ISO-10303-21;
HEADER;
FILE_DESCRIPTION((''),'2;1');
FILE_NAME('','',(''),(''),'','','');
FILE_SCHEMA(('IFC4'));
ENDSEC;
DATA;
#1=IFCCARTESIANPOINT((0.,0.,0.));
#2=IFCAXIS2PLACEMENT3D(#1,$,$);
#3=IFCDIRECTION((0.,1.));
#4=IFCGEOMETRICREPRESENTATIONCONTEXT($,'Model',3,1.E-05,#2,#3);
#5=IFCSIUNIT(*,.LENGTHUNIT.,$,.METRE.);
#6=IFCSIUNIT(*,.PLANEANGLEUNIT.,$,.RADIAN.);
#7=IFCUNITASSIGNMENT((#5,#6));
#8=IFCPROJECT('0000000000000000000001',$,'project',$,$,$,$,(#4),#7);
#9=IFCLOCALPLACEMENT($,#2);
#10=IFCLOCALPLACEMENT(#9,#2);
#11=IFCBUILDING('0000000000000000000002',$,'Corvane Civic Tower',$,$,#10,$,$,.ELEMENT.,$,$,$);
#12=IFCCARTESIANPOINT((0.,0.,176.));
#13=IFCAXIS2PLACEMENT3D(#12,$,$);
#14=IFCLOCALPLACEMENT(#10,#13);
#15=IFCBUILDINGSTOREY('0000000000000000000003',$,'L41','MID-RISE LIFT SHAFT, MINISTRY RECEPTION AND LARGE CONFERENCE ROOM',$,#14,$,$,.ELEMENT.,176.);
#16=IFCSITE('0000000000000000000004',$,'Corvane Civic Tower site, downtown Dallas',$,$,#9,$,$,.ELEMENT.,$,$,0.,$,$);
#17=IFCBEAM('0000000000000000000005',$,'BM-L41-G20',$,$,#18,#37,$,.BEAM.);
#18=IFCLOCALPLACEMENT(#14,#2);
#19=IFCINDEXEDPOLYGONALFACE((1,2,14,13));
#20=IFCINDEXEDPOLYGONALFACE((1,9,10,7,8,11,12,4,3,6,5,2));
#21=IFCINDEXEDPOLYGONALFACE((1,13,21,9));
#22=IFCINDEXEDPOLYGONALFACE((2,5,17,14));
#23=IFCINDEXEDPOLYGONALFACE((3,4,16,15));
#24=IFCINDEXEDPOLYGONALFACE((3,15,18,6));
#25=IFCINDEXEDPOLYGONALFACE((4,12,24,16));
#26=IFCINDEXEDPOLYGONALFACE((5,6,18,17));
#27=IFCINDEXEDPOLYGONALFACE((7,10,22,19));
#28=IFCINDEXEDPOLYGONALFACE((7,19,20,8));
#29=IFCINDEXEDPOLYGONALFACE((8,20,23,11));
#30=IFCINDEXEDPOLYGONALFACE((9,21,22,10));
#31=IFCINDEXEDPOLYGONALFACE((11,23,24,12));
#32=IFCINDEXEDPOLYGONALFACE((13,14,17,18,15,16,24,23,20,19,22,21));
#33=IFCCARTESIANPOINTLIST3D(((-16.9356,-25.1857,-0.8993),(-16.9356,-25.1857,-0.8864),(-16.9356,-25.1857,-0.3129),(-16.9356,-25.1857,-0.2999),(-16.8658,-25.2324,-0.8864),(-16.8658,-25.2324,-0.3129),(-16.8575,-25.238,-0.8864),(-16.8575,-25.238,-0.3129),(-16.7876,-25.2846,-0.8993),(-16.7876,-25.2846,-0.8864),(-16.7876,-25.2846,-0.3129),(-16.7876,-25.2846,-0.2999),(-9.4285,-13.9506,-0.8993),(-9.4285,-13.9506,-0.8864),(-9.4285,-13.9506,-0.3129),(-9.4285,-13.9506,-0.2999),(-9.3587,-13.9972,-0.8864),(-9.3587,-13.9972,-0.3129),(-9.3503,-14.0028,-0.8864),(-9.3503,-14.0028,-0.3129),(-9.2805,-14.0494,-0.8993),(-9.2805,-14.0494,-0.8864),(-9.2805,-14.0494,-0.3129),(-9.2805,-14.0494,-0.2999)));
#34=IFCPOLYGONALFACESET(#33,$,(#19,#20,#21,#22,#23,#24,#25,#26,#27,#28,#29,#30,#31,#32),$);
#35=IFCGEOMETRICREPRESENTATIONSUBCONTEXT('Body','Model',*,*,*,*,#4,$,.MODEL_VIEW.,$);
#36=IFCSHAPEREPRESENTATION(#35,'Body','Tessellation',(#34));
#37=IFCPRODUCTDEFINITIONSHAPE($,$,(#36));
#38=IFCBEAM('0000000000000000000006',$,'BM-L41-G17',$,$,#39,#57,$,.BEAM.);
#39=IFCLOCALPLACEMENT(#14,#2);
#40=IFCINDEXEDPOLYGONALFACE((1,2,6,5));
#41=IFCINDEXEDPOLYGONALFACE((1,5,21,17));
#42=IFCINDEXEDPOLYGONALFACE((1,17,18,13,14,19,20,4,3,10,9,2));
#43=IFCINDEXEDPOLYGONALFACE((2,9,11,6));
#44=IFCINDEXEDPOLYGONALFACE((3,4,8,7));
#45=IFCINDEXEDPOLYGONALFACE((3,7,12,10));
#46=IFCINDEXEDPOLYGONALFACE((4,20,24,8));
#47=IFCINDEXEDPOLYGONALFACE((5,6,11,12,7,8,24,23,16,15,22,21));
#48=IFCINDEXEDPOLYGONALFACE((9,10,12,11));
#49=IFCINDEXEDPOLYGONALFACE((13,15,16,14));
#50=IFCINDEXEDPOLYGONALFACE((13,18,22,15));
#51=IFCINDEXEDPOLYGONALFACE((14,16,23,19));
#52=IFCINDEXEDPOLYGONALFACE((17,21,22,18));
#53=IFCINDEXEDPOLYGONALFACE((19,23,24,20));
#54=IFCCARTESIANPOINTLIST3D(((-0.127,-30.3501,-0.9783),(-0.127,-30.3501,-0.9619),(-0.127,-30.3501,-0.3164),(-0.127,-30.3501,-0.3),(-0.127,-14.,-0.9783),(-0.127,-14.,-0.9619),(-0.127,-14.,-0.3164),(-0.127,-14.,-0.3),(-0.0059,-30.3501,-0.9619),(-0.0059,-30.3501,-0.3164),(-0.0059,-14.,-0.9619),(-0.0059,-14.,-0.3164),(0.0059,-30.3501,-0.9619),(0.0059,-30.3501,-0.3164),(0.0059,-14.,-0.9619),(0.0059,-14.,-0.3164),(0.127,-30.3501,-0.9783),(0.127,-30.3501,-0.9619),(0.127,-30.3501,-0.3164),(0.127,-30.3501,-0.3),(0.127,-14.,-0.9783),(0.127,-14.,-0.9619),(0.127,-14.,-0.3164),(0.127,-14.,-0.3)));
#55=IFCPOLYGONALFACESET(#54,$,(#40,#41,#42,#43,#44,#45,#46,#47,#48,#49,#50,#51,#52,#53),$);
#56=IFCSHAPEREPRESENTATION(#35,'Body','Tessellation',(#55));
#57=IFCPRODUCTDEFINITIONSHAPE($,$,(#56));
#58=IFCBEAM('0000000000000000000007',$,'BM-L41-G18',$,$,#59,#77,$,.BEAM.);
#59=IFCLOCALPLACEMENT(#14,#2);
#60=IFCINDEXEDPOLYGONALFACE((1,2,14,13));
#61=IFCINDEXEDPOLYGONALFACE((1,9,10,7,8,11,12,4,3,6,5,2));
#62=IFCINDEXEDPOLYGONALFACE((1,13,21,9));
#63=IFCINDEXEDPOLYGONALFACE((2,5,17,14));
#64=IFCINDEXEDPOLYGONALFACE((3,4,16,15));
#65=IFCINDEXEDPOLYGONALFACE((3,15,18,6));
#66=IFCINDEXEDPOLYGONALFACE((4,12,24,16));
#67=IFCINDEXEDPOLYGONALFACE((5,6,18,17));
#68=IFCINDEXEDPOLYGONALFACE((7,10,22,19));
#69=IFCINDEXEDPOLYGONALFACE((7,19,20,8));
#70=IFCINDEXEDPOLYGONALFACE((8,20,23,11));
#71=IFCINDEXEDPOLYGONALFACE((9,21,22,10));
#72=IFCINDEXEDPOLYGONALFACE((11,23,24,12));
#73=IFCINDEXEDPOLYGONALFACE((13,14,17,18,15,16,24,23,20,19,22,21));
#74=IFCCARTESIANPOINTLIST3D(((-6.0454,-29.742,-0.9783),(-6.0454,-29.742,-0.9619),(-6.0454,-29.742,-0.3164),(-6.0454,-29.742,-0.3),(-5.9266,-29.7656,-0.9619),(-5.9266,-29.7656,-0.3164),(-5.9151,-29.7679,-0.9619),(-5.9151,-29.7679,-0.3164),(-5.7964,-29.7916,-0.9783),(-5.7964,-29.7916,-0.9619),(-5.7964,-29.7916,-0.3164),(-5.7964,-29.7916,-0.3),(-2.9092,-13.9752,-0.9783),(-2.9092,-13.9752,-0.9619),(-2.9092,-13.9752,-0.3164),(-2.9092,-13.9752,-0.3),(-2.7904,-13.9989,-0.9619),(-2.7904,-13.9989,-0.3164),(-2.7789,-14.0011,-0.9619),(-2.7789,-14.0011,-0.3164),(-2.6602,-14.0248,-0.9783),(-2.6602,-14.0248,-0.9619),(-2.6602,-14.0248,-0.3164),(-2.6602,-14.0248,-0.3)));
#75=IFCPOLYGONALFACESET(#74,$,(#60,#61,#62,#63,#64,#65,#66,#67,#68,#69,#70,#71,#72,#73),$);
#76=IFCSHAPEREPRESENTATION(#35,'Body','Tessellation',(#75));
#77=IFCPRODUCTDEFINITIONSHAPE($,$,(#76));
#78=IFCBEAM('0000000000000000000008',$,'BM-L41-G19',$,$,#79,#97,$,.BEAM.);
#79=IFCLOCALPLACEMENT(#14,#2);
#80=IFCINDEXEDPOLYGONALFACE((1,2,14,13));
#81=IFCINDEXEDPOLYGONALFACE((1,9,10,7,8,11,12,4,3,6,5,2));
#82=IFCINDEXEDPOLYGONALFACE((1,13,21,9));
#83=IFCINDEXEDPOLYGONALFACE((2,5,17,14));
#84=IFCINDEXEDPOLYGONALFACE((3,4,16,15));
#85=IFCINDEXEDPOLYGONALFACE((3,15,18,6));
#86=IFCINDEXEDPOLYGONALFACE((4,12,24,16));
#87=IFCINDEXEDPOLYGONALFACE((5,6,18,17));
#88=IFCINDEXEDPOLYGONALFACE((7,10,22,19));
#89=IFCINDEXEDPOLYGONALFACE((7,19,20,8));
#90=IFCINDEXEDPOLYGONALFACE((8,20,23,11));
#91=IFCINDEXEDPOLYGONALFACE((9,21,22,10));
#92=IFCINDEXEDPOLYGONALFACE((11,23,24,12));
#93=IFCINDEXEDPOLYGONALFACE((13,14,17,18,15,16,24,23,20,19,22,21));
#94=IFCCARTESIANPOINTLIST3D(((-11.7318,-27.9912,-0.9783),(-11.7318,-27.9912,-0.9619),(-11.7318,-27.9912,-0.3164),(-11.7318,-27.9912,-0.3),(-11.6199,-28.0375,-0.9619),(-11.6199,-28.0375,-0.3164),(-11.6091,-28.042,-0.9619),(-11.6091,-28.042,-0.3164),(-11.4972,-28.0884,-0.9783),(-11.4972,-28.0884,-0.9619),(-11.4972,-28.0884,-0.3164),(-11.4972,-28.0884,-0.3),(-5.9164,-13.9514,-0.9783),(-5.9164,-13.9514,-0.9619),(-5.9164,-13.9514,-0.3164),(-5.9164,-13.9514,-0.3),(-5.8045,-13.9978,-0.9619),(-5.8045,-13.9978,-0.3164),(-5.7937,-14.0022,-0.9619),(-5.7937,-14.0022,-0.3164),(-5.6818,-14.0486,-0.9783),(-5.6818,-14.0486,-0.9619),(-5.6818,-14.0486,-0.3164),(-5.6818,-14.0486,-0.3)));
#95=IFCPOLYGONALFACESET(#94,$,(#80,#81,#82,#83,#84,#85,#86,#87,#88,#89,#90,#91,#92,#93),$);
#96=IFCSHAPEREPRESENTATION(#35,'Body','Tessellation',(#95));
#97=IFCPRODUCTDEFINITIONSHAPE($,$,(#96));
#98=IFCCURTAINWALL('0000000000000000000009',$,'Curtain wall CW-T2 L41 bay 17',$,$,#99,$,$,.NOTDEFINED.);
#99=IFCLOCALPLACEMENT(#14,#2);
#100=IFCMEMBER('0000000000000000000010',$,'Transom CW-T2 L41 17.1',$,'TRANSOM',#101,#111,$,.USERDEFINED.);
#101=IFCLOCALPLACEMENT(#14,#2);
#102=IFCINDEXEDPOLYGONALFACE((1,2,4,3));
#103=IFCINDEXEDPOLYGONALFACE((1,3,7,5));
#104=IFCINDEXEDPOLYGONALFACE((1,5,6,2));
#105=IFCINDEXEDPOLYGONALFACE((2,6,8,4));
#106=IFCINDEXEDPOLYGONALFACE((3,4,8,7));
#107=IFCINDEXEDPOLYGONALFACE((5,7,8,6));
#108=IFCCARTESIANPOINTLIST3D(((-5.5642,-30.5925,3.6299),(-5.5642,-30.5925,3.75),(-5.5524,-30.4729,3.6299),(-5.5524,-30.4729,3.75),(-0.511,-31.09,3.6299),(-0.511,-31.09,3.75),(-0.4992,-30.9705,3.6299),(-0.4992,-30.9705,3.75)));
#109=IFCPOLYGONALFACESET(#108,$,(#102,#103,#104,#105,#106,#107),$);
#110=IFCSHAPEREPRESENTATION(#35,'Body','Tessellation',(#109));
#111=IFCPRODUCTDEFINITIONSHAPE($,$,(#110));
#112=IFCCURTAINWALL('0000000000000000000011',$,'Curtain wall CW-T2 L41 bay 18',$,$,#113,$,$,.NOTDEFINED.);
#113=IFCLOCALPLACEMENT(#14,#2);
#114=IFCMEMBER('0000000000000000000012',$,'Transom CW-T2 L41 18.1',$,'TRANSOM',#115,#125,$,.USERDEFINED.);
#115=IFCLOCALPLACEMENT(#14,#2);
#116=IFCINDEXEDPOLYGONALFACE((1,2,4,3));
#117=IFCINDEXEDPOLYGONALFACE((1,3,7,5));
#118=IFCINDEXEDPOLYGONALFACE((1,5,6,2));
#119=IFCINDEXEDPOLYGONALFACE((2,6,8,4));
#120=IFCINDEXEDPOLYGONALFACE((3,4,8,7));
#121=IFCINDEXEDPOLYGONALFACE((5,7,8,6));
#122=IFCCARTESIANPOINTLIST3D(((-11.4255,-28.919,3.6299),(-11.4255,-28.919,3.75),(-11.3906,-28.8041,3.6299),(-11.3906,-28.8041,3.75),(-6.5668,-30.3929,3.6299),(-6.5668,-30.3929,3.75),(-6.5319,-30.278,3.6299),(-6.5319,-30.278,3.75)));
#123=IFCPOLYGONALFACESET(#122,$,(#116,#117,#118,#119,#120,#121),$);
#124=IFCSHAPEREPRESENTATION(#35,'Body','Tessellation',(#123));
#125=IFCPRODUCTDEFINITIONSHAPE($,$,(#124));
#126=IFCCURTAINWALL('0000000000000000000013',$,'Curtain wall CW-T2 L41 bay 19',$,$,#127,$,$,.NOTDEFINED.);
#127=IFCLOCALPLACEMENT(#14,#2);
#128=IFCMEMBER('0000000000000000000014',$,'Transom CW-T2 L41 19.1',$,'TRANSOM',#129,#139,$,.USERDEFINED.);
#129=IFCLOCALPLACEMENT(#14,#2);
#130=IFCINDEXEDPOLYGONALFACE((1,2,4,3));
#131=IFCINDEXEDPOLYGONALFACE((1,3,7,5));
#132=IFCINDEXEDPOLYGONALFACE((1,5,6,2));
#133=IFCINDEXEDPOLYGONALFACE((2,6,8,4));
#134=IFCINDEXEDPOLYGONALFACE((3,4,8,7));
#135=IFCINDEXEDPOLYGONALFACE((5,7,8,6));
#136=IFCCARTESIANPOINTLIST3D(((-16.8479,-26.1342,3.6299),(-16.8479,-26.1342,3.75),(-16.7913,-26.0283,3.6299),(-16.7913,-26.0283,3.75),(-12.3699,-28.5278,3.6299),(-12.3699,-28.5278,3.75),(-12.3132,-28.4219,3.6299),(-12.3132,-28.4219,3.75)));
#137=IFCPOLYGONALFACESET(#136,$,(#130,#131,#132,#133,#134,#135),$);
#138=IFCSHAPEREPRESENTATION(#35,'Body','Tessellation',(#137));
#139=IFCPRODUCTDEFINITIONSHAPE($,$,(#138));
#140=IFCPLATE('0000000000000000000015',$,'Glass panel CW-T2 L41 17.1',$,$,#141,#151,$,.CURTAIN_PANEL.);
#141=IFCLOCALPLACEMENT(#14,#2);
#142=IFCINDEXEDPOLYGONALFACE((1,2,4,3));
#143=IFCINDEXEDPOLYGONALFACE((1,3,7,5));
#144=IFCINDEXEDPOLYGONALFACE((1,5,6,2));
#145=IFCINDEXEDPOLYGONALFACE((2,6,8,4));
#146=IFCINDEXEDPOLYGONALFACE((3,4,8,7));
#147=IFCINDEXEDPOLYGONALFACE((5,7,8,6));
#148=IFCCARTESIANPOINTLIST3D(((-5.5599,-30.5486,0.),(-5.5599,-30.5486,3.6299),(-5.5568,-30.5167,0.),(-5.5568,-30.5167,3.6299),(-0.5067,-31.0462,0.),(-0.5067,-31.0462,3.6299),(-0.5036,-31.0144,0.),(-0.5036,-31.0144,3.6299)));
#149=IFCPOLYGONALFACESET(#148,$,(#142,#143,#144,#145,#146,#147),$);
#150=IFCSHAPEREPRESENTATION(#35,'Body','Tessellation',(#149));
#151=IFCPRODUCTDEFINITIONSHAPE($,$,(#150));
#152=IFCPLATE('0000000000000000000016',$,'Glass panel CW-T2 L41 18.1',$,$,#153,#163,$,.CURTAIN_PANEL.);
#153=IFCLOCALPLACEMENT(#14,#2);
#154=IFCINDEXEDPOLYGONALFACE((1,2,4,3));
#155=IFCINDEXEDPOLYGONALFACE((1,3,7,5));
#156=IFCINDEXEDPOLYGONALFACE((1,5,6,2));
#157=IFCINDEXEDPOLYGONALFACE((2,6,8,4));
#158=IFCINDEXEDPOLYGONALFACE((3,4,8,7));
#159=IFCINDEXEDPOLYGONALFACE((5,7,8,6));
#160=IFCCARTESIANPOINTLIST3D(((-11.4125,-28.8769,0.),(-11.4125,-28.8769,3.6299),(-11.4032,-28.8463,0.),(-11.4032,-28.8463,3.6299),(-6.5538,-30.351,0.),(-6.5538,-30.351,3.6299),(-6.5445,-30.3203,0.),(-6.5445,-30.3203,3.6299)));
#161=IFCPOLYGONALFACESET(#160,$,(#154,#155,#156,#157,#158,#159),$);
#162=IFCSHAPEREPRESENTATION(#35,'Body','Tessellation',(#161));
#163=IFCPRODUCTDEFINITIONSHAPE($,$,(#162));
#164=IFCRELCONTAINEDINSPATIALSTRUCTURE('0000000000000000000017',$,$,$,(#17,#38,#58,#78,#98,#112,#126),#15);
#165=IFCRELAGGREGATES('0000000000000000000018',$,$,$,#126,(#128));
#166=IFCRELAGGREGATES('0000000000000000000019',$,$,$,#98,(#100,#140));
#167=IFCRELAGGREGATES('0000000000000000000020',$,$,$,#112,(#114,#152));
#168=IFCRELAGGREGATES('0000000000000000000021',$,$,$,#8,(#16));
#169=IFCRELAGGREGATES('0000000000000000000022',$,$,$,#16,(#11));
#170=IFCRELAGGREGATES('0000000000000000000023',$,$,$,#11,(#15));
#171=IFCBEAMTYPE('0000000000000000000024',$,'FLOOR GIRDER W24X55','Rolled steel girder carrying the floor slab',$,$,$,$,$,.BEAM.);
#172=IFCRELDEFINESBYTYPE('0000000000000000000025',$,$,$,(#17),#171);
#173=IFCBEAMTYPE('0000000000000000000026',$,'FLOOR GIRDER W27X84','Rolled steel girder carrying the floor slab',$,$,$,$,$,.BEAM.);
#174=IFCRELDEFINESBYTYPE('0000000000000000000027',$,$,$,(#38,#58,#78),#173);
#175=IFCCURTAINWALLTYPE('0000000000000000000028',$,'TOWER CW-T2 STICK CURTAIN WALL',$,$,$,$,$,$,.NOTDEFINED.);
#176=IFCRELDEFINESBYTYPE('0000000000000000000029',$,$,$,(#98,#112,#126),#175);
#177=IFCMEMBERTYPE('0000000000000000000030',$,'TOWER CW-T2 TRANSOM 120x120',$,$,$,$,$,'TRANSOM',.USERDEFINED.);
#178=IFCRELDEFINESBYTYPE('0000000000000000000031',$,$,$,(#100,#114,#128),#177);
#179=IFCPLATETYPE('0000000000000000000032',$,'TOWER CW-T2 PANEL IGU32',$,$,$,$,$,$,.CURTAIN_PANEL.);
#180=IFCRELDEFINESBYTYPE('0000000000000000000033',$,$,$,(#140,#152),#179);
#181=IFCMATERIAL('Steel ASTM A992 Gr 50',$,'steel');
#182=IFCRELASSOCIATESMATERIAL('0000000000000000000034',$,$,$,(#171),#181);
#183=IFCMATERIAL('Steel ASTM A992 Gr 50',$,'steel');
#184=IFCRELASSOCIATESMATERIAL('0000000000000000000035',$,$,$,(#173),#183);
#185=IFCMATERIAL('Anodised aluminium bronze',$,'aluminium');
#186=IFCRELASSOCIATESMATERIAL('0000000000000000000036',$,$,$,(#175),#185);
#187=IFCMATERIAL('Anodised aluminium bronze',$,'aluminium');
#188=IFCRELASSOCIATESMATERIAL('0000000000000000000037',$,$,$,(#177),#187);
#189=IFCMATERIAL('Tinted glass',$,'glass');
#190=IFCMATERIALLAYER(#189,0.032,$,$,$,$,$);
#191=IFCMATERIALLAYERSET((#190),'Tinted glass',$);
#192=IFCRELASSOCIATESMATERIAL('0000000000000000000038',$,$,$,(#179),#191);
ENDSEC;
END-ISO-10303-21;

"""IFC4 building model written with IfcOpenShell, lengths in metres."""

from ifc_helpers import new_model, si_unit, direction, frame, origin, origin_2d, place, context, subcontext, project, spatial, rectangle, i_section, extrude, material, layer, layer_set, material_profile, profile_set, type_object, element, aggregate, save


model = new_model("IFC4")

# Units and contexts
model_context = context("Model", 3, precision=1e-05, world=origin(), true_north=direction((0.0, 1.0)))
body_context = subcontext(model_context, "Body", "Model", "MODEL_VIEW")
ifc_project = project(units=[si_unit("LENGTHUNIT", "METRE"), si_unit("PLANEANGLEUNIT", "RADIAN")], contexts=[model_context])

# Site, building, storey
site_placement = place(None, origin())
site = spatial("IfcSite", under=ifc_project, at=site_placement, Name="Corvane Civic Tower site, downtown Dallas", CompositionType="ELEMENT", RefElevation=0.0)
building_placement = place(site_placement, origin())
building = spatial("IfcBuilding", under=site, at=building_placement, Name="Corvane Civic Tower", CompositionType="ELEMENT")
storey_placement = place(building_placement, frame((0.0, 0.0, 176.0)))
storey = spatial("IfcBuildingStorey", under=building, at=storey_placement, Name="L41", Description="MID-RISE LIFT SHAFT, MINISTRY RECEPTION AND LARGE CONFERENCE ROOM", CompositionType="ELEMENT", Elevation=176.0)

# Beams
ifc_material_1 = material(Name="Steel ASTM A992 Gr 50", Category="steel")
ifc_material_profile_1 = material_profile(ifc_material_1, i_section(OverallWidth=0.178, OverallDepth=0.5994, WebThickness=0.01, FlangeThickness=0.0129, at=origin_2d()), Name="W24X55")
ifc_profile_set_1 = profile_set([ifc_material_profile_1], Name="Steel ASTM A992 Gr 50")
beam_type_1 = type_object("IfcBeamType", Name="FLOOR GIRDER W24X55", Description="Rolled steel girder carrying the floor slab", PredefinedType="BEAM", material=ifc_profile_set_1)
beam_1_placement = place(storey_placement, frame((-9.3545, -14.0, -0.5996), z_axis=(-0.555571, -0.831469, 0.0), x_axis=(0.831469, -0.555571, 0.0)))
element("IfcBeam", 1, at=beam_1_placement, inside=storey, type_object=beam_type_1, Name="BM-L41-G20", PredefinedType="BEAM", context=body_context, shape_type="SweptSolid", body=[
    extrude(i_section(OverallWidth=0.178, OverallDepth=0.5994, WebThickness=0.01, FlangeThickness=0.0129, at=origin_2d()), origin(), (0.0, 0.0, 1.0), 13.5125),
])
ifc_material_2 = material(Name="Steel ASTM A992 Gr 50", Category="steel")
ifc_material_profile_2 = material_profile(ifc_material_2, i_section(OverallWidth=0.2539, OverallDepth=0.6782, WebThickness=0.0117, FlangeThickness=0.0164, at=origin_2d()), Name="W27X84")
ifc_profile_set_2 = profile_set([ifc_material_profile_2], Name="Steel ASTM A992 Gr 50")
beam_type_2 = type_object("IfcBeamType", Name="FLOOR GIRDER W27X84", Description="Rolled steel girder carrying the floor slab", PredefinedType="BEAM", material=ifc_profile_set_2)
beam_2_placement = place(storey_placement, frame((0.0, -14.0, -0.6392), z_axis=(0.0, -1.0, 0.0), x_axis=(1.0, 0.0, 0.0)))
element("IfcBeam", 2, at=beam_2_placement, inside=storey, type_object=beam_type_2, Name="BM-L41-G17", PredefinedType="BEAM", context=body_context, shape_type="SweptSolid", body=[
    extrude(i_section(OverallWidth=0.2539, OverallDepth=0.6782, WebThickness=0.0117, FlangeThickness=0.0164, at=origin_2d()), origin(), (0.0, 0.0, 1.0), 16.3501),
])
beam_3_placement = place(storey_placement, frame((-2.7847, -14.0, -0.6392), z_axis=(-0.195091, -0.980785, 0.0), x_axis=(0.980785, -0.195091, 0.0)))
element("IfcBeam", 3, at=beam_3_placement, inside=storey, type_object=beam_type_2, Name="BM-L41-G18", PredefinedType="BEAM", context=body_context, shape_type="SweptSolid", body=[
    extrude(i_section(OverallWidth=0.2539, OverallDepth=0.6782, WebThickness=0.0117, FlangeThickness=0.0164, at=origin_2d()), origin(), (0.0, 0.0, 1.0), 16.0757),
])
beam_4_placement = place(storey_placement, frame((-5.7991, -14.0, -0.6392), z_axis=(-0.382681, -0.923881, 0.0), x_axis=(0.923881, -0.382681, 0.0)))
element("IfcBeam", 4, at=beam_4_placement, inside=storey, type_object=beam_type_2, Name="BM-L41-G19", PredefinedType="BEAM", context=body_context, shape_type="SweptSolid", body=[
    extrude(i_section(OverallWidth=0.2539, OverallDepth=0.6782, WebThickness=0.0117, FlangeThickness=0.0164, at=origin_2d()), origin(), (0.0, 0.0, 1.0), 15.1965),
])

# Curtain walls, members
ifc_material_3 = material(Name="Anodised aluminium bronze", Category="aluminium")
curtain_wall_type = type_object("IfcCurtainWallType", Name="TOWER CW-T2 STICK CURTAIN WALL", PredefinedType="NOTDEFINED", material=ifc_material_3)
curtain_wall_1_placement = place(storey_placement, origin())
curtain_wall_1 = element("IfcCurtainWall", 5, at=curtain_wall_1_placement, inside=storey, type_object=curtain_wall_type, Name="Curtain wall CW-T2 L41 bay 17", PredefinedType="NOTDEFINED")
ifc_material_4 = material(Name="Anodised aluminium bronze", Category="aluminium")
ifc_material_profile_3 = material_profile(ifc_material_4, rectangle(XDim=0.1201, YDim=0.1201, at=origin_2d()), Name="TOWER CW-T2 TRANSOM 120x120")
ifc_profile_set_3 = profile_set([ifc_material_profile_3], Name="Anodised aluminium bronze")
member_type = type_object("IfcMemberType", Name="TOWER CW-T2 TRANSOM 120x120", ElementType="TRANSOM", PredefinedType="USERDEFINED", material=ifc_profile_set_3)
member_1_placement = place(storey_placement, frame((-0.5051, -31.0303, 3.6899), z_axis=(-0.995187, 0.09799, 0.0), x_axis=(-0.09799, -0.995187, 0.0)))
member_1 = element("IfcMember", 6, at=member_1_placement, type_object=member_type, Name="Transom CW-T2 L41 17.1", ObjectType="TRANSOM", PredefinedType="USERDEFINED", context=body_context, shape_type="SweptSolid", body=[
    extrude(rectangle(XDim=0.1201, YDim=0.1201, at=origin_2d()), origin(), (0.0, 0.0, 1.0), 5.0776),
])
curtain_wall_2_placement = place(storey_placement, origin())
curtain_wall_2 = element("IfcCurtainWall", 7, at=curtain_wall_2_placement, inside=storey, type_object=curtain_wall_type, Name="Curtain wall CW-T2 L41 bay 18", PredefinedType="NOTDEFINED")
member_2_placement = place(storey_placement, frame((-6.5493, -30.3354, 3.6899), z_axis=(-0.956939, 0.290289, 0.0), x_axis=(-0.290289, -0.956939, 0.0)))
member_2 = element("IfcMember", 8, at=member_2_placement, type_object=member_type, Name="Transom CW-T2 L41 18.1", ObjectType="TRANSOM", PredefinedType="USERDEFINED", context=body_context, shape_type="SweptSolid", body=[
    extrude(rectangle(XDim=0.1201, YDim=0.1201, at=origin_2d()), origin(), (0.0, 0.0, 1.0), 5.0774),
])
curtain_wall_3_placement = place(storey_placement, origin())
curtain_wall_3 = element("IfcCurtainWall", 9, at=curtain_wall_3_placement, inside=storey, type_object=curtain_wall_type, Name="Curtain wall CW-T2 L41 bay 19", PredefinedType="NOTDEFINED")
member_3_placement = place(storey_placement, frame((-12.3416, -28.4749, 3.6899), z_axis=(-0.881921, 0.471397, 0.0), x_axis=(-0.471397, -0.881921, 0.0)))
member_3 = element("IfcMember", 10, at=member_3_placement, type_object=member_type, Name="Transom CW-T2 L41 19.1", ObjectType="TRANSOM", PredefinedType="USERDEFINED", context=body_context, shape_type="SweptSolid", body=[
    extrude(rectangle(XDim=0.1201, YDim=0.1201, at=origin_2d()), origin(), (0.0, 0.0, 1.0), 5.0776),
])
aggregate(curtain_wall_3, [member_3])

# Plates
ifc_material_5 = material(Name="Tinted glass", Category="glass")
ifc_layer_1 = layer(ifc_material_5, 0.032)
ifc_layer_set_1 = layer_set([ifc_layer_1], Name="Tinted glass")
plate_type = type_object("IfcPlateType", Name="TOWER CW-T2 PANEL IGU32", PredefinedType="CURTAIN_PANEL", material=ifc_layer_set_1)
plate_1_placement = place(storey_placement, frame((-3.0317, -30.7815, 0.0), z_axis=(0.0, 0.0, 1.0), x_axis=(-0.995185, 0.098012, 0.0)))
plate_1 = element("IfcPlate", 11, at=plate_1_placement, type_object=plate_type, Name="Glass panel CW-T2 L41 17.1", PredefinedType="CURTAIN_PANEL", context=body_context, shape_type="SweptSolid", body=[
    extrude(rectangle(XDim=5.0776, YDim=0.032, at=origin_2d()), origin(), (0.0, 0.0, 1.0), 3.6299),
])
aggregate(curtain_wall_1, [member_1, plate_1])
plate_2_placement = place(storey_placement, frame((-8.9785, -29.5986, 0.0), z_axis=(0.0, 0.0, 1.0), x_axis=(-0.956932, 0.290313, 0.0)))
plate_2 = element("IfcPlate", 12, at=plate_2_placement, type_object=plate_type, Name="Glass panel CW-T2 L41 18.1", PredefinedType="CURTAIN_PANEL", context=body_context, shape_type="SweptSolid", body=[
    extrude(rectangle(XDim=5.0774, YDim=0.032, at=origin_2d()), origin(), (0.0, 0.0, 1.0), 3.6299),
])
aggregate(curtain_wall_2, [member_2, plate_2])

save(model, "model.ifc")
